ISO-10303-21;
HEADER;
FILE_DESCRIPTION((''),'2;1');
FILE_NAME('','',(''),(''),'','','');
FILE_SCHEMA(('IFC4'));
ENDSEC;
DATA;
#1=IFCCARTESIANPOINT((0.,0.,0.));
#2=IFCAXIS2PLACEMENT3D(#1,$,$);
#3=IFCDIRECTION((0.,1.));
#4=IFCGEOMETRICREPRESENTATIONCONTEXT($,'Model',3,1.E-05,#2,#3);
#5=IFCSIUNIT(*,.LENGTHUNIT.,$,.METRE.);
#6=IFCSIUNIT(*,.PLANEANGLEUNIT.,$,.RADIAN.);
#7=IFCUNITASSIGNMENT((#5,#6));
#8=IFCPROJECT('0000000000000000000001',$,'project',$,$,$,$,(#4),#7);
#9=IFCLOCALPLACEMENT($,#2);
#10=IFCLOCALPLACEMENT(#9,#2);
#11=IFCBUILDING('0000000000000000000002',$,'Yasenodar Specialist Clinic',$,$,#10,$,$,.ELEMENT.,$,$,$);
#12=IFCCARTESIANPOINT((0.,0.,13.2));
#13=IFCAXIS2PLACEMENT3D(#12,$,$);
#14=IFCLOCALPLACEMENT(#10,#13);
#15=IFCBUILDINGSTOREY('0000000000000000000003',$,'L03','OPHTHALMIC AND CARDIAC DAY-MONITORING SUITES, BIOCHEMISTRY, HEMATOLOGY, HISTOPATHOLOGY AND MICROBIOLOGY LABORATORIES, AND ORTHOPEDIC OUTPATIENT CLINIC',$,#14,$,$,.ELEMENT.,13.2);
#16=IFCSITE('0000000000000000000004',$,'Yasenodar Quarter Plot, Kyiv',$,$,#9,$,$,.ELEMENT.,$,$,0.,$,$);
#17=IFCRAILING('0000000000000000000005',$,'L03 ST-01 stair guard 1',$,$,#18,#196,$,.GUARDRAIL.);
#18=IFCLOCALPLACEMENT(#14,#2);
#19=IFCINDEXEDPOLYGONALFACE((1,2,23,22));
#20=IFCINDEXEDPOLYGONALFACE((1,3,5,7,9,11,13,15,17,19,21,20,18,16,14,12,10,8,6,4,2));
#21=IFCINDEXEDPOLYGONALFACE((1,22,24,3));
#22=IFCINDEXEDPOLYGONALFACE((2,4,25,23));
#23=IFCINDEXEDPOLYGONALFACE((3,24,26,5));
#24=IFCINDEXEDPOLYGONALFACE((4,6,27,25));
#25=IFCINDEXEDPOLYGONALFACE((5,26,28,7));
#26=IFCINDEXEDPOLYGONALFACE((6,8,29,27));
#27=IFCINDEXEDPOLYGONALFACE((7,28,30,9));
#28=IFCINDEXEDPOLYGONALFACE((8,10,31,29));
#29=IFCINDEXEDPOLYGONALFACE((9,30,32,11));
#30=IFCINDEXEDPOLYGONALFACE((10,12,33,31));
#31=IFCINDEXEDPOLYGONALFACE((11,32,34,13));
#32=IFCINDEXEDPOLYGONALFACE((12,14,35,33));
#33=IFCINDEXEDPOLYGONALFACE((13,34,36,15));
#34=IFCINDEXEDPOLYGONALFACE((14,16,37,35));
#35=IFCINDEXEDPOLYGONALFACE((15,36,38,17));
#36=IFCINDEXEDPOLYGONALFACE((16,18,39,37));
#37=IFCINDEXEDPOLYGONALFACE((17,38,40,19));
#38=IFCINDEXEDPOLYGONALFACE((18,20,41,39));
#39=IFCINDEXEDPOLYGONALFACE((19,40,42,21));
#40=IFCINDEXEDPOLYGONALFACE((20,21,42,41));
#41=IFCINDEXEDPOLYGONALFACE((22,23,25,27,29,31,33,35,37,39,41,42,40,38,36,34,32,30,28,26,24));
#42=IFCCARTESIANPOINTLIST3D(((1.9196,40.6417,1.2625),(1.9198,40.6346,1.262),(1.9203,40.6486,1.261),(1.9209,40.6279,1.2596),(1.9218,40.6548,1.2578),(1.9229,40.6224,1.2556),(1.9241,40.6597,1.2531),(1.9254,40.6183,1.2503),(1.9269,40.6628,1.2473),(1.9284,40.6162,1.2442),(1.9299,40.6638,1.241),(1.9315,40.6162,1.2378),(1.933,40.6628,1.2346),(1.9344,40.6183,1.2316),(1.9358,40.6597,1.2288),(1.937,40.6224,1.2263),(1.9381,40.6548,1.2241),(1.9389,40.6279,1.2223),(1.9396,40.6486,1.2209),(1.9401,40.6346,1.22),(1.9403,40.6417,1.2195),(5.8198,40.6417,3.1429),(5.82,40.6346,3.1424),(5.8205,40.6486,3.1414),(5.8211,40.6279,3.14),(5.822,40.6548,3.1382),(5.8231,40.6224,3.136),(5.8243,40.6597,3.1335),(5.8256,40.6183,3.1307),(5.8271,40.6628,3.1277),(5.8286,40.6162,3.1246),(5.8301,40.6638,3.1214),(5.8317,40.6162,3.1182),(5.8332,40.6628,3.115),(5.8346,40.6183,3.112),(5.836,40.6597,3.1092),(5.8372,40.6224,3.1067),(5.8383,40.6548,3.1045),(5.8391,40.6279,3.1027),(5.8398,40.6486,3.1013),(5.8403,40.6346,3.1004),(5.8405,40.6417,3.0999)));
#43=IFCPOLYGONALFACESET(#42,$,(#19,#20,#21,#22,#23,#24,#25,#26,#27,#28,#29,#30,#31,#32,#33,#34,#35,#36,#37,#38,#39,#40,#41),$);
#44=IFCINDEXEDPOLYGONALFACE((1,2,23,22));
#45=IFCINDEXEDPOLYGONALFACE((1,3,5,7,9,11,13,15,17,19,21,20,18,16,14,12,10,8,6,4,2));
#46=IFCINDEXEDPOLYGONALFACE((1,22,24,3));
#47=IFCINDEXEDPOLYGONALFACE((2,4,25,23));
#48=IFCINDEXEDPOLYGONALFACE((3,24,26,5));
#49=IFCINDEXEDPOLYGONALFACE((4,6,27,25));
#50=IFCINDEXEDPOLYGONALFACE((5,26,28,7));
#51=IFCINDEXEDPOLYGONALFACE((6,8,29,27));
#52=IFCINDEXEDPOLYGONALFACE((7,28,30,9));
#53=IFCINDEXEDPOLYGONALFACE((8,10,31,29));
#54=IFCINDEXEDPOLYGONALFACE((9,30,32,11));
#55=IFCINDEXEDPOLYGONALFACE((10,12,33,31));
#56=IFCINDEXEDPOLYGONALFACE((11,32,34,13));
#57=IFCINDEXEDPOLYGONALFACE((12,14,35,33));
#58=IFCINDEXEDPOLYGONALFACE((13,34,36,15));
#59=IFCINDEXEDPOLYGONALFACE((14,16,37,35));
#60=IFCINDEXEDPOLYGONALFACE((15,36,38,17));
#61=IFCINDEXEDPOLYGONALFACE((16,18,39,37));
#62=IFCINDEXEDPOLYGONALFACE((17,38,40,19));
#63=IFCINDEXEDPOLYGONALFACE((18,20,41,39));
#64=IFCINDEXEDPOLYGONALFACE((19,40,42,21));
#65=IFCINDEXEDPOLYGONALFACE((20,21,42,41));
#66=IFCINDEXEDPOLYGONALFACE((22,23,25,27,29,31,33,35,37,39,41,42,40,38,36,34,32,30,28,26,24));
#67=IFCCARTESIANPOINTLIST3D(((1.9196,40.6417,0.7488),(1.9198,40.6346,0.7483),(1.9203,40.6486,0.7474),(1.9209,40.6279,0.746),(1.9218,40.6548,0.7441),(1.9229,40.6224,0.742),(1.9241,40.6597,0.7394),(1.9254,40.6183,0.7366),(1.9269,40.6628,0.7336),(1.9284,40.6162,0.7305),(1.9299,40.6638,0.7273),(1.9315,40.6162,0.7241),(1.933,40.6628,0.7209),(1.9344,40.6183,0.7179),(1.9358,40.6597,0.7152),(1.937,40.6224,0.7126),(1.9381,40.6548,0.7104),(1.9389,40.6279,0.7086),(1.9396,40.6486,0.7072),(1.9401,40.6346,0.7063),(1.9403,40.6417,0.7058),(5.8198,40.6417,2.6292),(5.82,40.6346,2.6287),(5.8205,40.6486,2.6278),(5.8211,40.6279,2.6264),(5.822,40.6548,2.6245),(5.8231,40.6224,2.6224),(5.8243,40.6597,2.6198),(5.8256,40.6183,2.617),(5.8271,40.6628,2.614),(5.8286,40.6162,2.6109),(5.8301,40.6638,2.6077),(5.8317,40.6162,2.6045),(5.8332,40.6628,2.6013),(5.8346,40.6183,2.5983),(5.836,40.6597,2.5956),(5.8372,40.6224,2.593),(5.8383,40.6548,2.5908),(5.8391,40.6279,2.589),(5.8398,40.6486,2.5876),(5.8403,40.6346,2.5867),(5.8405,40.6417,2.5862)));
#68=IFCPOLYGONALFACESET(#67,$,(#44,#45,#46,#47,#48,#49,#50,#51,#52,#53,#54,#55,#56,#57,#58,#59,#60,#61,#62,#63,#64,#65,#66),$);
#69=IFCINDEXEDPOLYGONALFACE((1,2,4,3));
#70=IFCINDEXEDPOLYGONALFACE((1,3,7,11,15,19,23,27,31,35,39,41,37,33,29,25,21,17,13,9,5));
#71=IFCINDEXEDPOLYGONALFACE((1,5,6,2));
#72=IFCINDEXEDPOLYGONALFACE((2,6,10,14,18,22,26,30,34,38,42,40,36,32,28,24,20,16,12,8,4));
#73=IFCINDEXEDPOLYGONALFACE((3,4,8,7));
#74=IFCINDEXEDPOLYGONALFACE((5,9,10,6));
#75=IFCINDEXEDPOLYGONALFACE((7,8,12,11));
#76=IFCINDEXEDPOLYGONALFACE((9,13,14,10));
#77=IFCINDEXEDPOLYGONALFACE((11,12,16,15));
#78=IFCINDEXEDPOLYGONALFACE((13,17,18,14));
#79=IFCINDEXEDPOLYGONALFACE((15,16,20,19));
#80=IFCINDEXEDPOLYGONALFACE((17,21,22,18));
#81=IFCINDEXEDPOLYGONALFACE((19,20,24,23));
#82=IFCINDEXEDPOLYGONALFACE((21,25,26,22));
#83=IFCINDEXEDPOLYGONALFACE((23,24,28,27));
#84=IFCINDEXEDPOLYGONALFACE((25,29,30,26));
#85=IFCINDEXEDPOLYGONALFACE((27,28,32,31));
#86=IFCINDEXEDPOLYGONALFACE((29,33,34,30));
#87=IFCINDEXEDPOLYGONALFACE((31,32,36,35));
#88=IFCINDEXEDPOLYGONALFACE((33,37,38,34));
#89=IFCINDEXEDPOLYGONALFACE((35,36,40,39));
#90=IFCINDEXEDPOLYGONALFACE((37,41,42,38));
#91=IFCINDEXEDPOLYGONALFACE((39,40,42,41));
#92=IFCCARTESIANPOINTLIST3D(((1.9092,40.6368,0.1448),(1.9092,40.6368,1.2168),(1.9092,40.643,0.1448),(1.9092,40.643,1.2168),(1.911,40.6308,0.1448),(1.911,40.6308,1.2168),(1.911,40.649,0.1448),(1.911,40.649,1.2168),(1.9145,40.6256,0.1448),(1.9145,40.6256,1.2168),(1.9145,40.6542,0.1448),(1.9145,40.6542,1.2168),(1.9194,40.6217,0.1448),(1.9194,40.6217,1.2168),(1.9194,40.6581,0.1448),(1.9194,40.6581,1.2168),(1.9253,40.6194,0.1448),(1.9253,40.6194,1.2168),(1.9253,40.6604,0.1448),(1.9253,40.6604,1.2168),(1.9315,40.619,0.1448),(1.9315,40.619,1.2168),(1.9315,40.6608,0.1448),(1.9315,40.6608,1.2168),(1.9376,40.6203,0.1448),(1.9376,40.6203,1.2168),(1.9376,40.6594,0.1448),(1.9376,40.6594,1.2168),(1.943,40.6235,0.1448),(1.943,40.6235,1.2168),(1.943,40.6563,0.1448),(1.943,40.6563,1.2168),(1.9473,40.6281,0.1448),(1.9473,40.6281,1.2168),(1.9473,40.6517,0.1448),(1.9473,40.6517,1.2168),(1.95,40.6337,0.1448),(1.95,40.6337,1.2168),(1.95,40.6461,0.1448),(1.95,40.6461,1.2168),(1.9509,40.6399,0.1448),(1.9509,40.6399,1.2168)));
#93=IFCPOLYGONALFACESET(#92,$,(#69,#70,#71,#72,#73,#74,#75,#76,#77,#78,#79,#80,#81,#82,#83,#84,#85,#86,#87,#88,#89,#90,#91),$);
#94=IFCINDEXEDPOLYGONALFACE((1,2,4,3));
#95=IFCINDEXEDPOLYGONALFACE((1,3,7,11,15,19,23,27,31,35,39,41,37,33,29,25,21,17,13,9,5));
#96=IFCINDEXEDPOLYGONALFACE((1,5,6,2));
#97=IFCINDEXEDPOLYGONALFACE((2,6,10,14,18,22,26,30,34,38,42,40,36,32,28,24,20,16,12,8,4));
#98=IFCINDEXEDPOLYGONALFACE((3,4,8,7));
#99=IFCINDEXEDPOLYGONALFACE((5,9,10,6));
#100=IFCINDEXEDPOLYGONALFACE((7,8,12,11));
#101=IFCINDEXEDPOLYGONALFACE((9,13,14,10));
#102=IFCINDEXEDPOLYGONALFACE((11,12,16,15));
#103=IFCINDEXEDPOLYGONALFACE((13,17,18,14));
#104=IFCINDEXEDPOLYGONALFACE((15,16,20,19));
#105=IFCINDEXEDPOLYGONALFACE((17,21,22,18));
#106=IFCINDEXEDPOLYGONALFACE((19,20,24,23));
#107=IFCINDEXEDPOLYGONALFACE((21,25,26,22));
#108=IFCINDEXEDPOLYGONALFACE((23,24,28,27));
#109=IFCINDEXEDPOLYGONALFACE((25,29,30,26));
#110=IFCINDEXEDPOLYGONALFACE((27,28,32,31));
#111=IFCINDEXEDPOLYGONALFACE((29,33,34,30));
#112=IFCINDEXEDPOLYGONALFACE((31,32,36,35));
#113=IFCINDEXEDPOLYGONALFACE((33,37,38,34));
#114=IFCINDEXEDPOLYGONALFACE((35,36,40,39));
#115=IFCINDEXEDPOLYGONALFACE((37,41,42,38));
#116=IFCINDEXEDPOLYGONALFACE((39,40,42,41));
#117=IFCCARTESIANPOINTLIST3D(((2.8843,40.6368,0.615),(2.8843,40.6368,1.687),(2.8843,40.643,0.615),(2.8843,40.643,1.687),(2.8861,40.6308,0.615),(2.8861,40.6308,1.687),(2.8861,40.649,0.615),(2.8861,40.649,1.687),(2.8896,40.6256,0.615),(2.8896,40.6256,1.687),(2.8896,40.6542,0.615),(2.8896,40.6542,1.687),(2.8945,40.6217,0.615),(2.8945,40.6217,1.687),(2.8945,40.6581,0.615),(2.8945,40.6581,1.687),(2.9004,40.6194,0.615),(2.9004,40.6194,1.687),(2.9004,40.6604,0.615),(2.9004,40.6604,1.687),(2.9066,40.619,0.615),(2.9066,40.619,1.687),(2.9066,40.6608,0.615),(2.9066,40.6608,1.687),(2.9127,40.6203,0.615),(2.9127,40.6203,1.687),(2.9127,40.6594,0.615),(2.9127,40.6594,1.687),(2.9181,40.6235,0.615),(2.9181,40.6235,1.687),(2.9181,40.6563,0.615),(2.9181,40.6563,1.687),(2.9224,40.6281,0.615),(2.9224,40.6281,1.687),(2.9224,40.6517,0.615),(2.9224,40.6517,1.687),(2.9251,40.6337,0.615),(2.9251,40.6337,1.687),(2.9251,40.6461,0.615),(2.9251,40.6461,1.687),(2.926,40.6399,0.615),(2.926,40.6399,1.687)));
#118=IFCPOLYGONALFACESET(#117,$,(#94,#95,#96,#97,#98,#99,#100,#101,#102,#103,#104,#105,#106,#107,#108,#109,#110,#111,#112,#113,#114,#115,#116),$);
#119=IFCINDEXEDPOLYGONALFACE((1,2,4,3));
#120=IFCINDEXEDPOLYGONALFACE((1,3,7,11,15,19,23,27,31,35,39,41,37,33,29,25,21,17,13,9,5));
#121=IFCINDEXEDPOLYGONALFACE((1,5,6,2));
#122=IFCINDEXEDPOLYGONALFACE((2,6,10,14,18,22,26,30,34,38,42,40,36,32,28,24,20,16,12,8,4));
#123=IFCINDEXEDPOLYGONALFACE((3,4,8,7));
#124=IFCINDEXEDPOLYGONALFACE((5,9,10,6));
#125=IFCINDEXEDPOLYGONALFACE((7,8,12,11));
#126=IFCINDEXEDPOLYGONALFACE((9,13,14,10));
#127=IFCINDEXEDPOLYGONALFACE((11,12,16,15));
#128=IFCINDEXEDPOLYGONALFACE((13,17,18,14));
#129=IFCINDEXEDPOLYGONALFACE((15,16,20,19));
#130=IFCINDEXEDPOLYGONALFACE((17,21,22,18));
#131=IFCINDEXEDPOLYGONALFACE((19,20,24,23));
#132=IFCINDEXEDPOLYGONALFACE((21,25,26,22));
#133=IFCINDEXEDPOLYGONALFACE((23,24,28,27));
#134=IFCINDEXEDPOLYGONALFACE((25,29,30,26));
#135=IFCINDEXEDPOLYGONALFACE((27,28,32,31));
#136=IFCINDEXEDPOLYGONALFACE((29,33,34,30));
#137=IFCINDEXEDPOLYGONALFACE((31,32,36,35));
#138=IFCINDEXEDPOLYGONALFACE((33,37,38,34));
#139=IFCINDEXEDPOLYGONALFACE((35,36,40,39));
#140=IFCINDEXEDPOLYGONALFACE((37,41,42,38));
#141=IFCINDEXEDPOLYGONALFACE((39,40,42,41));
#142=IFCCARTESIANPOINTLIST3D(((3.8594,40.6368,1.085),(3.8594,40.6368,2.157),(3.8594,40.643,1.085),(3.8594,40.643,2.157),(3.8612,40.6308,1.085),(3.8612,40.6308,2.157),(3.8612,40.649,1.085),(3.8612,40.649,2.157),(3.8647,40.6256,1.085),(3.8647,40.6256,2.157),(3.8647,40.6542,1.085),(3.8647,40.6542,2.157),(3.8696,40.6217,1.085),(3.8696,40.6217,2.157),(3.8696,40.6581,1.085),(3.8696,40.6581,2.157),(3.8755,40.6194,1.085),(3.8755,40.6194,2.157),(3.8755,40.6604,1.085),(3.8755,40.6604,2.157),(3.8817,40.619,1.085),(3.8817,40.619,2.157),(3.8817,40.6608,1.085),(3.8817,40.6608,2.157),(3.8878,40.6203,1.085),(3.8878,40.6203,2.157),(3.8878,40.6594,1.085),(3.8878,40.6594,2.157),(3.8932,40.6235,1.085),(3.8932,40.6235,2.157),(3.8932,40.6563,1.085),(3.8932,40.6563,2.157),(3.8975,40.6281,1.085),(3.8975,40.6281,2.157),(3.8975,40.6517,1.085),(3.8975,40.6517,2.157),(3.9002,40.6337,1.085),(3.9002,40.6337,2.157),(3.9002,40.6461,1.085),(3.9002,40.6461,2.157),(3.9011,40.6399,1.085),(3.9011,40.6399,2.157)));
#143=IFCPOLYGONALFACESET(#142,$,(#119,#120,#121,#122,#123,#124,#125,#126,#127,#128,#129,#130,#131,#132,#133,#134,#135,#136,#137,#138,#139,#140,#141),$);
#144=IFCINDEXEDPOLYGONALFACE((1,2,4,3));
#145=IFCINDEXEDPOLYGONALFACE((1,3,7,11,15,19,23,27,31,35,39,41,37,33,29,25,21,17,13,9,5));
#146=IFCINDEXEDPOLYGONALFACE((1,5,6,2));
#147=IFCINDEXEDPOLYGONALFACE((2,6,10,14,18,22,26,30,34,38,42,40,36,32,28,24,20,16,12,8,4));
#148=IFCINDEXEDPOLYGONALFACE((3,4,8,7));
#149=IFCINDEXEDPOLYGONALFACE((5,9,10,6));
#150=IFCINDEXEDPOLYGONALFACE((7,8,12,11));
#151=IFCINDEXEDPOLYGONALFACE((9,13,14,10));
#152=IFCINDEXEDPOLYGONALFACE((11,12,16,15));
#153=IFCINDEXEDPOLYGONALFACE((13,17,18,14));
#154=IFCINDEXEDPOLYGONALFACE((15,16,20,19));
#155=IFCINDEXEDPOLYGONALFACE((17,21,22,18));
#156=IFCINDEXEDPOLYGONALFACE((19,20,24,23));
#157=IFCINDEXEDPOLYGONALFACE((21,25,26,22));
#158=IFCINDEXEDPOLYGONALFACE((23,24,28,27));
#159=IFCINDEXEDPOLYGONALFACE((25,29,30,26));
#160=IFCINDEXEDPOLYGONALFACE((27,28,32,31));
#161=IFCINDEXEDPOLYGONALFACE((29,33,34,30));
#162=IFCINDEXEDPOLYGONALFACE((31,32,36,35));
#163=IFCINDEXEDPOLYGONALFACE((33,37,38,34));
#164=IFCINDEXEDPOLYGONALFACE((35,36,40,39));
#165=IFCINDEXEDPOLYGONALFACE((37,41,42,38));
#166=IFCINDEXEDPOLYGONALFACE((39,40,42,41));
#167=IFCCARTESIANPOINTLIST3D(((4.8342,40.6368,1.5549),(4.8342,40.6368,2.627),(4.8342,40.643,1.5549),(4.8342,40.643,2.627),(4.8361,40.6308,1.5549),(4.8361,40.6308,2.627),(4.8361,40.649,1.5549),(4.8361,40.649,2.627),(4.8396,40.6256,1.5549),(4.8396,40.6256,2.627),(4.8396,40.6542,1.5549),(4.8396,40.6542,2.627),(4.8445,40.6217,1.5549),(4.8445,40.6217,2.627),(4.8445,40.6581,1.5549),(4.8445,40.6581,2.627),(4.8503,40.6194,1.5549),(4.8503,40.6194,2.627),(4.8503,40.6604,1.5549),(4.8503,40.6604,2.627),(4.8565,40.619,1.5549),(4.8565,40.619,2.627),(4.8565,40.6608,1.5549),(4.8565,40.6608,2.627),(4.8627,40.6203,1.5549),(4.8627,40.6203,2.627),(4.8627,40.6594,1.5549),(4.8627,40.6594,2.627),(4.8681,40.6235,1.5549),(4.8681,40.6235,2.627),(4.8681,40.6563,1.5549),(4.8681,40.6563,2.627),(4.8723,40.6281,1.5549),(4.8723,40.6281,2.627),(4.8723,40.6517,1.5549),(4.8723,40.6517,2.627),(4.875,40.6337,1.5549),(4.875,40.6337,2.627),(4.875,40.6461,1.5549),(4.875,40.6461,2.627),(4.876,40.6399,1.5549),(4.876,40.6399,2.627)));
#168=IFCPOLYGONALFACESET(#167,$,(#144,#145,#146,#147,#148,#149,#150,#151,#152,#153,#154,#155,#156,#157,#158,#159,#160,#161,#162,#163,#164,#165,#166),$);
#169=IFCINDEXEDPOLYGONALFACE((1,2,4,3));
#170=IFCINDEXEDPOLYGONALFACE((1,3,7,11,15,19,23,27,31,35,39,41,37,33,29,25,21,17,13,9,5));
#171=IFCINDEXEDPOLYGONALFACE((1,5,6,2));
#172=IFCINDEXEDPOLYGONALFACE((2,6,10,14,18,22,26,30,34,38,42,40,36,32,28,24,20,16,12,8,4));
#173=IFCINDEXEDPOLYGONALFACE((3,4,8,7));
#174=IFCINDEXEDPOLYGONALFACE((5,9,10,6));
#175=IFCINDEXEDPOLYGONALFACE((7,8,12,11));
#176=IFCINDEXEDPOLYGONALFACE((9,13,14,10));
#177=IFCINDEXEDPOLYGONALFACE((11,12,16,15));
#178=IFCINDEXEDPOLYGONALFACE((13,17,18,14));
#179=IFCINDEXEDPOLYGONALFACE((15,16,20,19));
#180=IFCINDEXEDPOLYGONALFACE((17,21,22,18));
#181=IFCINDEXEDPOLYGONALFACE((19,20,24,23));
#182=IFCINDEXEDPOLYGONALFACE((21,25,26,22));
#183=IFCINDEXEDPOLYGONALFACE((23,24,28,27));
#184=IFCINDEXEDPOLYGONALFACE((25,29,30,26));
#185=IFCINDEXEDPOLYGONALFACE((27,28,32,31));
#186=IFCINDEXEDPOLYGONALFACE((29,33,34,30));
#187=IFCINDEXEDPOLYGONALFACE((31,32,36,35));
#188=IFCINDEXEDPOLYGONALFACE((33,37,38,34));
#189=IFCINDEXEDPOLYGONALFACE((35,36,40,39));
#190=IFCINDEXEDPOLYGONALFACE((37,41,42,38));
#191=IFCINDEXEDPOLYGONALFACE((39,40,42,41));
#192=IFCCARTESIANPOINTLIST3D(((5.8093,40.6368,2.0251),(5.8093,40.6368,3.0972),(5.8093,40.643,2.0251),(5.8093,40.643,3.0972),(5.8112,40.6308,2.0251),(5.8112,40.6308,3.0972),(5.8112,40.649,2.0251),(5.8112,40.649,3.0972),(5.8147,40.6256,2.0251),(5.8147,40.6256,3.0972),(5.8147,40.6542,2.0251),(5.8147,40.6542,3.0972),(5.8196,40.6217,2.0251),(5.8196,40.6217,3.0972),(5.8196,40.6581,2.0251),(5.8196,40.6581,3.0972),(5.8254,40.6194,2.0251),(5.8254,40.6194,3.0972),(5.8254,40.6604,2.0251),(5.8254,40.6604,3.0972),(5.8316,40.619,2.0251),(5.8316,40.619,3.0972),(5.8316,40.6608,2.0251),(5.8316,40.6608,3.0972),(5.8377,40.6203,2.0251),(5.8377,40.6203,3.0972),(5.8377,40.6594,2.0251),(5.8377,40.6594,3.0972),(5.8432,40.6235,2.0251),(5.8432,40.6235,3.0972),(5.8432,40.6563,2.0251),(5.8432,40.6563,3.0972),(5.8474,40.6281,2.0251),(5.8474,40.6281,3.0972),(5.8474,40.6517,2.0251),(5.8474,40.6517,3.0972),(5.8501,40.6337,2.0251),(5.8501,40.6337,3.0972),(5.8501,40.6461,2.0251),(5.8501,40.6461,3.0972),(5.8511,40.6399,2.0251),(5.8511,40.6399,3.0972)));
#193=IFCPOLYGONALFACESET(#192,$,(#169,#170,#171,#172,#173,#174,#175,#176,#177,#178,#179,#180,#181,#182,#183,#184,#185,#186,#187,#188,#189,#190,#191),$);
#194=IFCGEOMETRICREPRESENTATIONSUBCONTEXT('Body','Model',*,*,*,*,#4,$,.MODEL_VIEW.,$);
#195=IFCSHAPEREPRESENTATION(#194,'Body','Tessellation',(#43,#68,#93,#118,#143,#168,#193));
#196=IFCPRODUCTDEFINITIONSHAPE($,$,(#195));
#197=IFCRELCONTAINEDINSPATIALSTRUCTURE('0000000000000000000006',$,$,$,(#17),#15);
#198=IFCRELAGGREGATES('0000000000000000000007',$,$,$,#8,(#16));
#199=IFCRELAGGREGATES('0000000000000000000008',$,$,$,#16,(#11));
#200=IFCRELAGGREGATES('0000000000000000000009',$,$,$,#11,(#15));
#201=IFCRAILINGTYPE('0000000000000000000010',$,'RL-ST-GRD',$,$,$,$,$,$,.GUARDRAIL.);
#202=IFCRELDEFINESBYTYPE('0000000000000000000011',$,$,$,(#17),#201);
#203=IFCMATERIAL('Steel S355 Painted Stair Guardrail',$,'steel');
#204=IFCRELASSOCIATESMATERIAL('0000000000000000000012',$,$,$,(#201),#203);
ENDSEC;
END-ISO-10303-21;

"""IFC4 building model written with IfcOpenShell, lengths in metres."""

from ifc_helpers import new_model, si_unit, direction, frame, origin, origin_2d, place, context, subcontext, project, spatial, circle, extrude, material, type_object, element, save


model = new_model("IFC4")

# Units and contexts
model_context = context("Model", 3, precision=1e-05, world=origin(), true_north=direction((0.0, 1.0)))
body_context = subcontext(model_context, "Body", "Model", "MODEL_VIEW")
ifc_project = project(units=[si_unit("LENGTHUNIT", "METRE"), si_unit("PLANEANGLEUNIT", "RADIAN")], contexts=[model_context])

# Site, building, storey
site_placement = place(None, origin())
site = spatial("IfcSite", under=ifc_project, at=site_placement, Name="Yasenodar Quarter Plot, Kyiv", CompositionType="ELEMENT", RefElevation=0.0)
building_placement = place(site_placement, origin())
building = spatial("IfcBuilding", under=site, at=building_placement, Name="Yasenodar Specialist Clinic", CompositionType="ELEMENT")
storey_placement = place(building_placement, frame((0.0, 0.0, 13.2)))
storey = spatial("IfcBuildingStorey", under=building, at=storey_placement, Name="L03", Description="OPHTHALMIC AND CARDIAC DAY-MONITORING SUITES, BIOCHEMISTRY, HEMATOLOGY, HISTOPATHOLOGY AND MICROBIOLOGY LABORATORIES, AND ORTHOPEDIC OUTPATIENT CLINIC", CompositionType="ELEMENT", Elevation=13.2)

# Railing
ifc_material_1 = material(Name="Steel S355 Painted Stair Guardrail", Category="steel")
railing_type_1 = type_object("IfcRailingType", Name="RL-ST-GRD", PredefinedType="GUARDRAIL", material=ifc_material_1)
railing_1_placement = place(storey_placement, frame((1.9299, 40.6399, 0.1448)))
element("IfcRailing", 1, at=railing_1_placement, inside=storey, type_object=railing_type_1, Name="L03 ST-01 stair guard 1", PredefinedType="GUARDRAIL", context=body_context, shape_type="SweptSolid", body=[
    extrude(circle(Radius=0.0239, at=origin_2d()), frame((0.0, 0.0, 1.0962), z_axis=(0.900774, 0.0, 0.434289), x_axis=(0.0, 1.0, 0.0)), (0.0, 0.0, 1.0), 4.3298),
    extrude(circle(Radius=0.0239, at=origin_2d()), frame((0.0, 0.0, 0.5825), z_axis=(0.900774, 0.0, 0.434289), x_axis=(0.0, 1.0, 0.0)), (0.0, 0.0, 1.0), 4.3298),
    extrude(circle(Radius=0.021, at=origin_2d()), origin(), (0.0, 0.0, 1.0), 1.072),
    extrude(circle(Radius=0.021, at=origin_2d()), frame((0.9751, 0.0, 0.4702)), (0.0, 0.0, 1.0), 1.072),
    extrude(circle(Radius=0.021, at=origin_2d()), frame((1.9502, 0.0, 0.9402)), (0.0, 0.0, 1.0), 1.072),
    extrude(circle(Radius=0.021, at=origin_2d()), frame((2.925, 0.0, 1.4102)), (0.0, 0.0, 1.0), 1.072),
    extrude(circle(Radius=0.021, at=origin_2d()), frame((3.9001, 0.0, 1.8804)), (0.0, 0.0, 1.0), 1.072),
])

save(model, "model.ifc")
